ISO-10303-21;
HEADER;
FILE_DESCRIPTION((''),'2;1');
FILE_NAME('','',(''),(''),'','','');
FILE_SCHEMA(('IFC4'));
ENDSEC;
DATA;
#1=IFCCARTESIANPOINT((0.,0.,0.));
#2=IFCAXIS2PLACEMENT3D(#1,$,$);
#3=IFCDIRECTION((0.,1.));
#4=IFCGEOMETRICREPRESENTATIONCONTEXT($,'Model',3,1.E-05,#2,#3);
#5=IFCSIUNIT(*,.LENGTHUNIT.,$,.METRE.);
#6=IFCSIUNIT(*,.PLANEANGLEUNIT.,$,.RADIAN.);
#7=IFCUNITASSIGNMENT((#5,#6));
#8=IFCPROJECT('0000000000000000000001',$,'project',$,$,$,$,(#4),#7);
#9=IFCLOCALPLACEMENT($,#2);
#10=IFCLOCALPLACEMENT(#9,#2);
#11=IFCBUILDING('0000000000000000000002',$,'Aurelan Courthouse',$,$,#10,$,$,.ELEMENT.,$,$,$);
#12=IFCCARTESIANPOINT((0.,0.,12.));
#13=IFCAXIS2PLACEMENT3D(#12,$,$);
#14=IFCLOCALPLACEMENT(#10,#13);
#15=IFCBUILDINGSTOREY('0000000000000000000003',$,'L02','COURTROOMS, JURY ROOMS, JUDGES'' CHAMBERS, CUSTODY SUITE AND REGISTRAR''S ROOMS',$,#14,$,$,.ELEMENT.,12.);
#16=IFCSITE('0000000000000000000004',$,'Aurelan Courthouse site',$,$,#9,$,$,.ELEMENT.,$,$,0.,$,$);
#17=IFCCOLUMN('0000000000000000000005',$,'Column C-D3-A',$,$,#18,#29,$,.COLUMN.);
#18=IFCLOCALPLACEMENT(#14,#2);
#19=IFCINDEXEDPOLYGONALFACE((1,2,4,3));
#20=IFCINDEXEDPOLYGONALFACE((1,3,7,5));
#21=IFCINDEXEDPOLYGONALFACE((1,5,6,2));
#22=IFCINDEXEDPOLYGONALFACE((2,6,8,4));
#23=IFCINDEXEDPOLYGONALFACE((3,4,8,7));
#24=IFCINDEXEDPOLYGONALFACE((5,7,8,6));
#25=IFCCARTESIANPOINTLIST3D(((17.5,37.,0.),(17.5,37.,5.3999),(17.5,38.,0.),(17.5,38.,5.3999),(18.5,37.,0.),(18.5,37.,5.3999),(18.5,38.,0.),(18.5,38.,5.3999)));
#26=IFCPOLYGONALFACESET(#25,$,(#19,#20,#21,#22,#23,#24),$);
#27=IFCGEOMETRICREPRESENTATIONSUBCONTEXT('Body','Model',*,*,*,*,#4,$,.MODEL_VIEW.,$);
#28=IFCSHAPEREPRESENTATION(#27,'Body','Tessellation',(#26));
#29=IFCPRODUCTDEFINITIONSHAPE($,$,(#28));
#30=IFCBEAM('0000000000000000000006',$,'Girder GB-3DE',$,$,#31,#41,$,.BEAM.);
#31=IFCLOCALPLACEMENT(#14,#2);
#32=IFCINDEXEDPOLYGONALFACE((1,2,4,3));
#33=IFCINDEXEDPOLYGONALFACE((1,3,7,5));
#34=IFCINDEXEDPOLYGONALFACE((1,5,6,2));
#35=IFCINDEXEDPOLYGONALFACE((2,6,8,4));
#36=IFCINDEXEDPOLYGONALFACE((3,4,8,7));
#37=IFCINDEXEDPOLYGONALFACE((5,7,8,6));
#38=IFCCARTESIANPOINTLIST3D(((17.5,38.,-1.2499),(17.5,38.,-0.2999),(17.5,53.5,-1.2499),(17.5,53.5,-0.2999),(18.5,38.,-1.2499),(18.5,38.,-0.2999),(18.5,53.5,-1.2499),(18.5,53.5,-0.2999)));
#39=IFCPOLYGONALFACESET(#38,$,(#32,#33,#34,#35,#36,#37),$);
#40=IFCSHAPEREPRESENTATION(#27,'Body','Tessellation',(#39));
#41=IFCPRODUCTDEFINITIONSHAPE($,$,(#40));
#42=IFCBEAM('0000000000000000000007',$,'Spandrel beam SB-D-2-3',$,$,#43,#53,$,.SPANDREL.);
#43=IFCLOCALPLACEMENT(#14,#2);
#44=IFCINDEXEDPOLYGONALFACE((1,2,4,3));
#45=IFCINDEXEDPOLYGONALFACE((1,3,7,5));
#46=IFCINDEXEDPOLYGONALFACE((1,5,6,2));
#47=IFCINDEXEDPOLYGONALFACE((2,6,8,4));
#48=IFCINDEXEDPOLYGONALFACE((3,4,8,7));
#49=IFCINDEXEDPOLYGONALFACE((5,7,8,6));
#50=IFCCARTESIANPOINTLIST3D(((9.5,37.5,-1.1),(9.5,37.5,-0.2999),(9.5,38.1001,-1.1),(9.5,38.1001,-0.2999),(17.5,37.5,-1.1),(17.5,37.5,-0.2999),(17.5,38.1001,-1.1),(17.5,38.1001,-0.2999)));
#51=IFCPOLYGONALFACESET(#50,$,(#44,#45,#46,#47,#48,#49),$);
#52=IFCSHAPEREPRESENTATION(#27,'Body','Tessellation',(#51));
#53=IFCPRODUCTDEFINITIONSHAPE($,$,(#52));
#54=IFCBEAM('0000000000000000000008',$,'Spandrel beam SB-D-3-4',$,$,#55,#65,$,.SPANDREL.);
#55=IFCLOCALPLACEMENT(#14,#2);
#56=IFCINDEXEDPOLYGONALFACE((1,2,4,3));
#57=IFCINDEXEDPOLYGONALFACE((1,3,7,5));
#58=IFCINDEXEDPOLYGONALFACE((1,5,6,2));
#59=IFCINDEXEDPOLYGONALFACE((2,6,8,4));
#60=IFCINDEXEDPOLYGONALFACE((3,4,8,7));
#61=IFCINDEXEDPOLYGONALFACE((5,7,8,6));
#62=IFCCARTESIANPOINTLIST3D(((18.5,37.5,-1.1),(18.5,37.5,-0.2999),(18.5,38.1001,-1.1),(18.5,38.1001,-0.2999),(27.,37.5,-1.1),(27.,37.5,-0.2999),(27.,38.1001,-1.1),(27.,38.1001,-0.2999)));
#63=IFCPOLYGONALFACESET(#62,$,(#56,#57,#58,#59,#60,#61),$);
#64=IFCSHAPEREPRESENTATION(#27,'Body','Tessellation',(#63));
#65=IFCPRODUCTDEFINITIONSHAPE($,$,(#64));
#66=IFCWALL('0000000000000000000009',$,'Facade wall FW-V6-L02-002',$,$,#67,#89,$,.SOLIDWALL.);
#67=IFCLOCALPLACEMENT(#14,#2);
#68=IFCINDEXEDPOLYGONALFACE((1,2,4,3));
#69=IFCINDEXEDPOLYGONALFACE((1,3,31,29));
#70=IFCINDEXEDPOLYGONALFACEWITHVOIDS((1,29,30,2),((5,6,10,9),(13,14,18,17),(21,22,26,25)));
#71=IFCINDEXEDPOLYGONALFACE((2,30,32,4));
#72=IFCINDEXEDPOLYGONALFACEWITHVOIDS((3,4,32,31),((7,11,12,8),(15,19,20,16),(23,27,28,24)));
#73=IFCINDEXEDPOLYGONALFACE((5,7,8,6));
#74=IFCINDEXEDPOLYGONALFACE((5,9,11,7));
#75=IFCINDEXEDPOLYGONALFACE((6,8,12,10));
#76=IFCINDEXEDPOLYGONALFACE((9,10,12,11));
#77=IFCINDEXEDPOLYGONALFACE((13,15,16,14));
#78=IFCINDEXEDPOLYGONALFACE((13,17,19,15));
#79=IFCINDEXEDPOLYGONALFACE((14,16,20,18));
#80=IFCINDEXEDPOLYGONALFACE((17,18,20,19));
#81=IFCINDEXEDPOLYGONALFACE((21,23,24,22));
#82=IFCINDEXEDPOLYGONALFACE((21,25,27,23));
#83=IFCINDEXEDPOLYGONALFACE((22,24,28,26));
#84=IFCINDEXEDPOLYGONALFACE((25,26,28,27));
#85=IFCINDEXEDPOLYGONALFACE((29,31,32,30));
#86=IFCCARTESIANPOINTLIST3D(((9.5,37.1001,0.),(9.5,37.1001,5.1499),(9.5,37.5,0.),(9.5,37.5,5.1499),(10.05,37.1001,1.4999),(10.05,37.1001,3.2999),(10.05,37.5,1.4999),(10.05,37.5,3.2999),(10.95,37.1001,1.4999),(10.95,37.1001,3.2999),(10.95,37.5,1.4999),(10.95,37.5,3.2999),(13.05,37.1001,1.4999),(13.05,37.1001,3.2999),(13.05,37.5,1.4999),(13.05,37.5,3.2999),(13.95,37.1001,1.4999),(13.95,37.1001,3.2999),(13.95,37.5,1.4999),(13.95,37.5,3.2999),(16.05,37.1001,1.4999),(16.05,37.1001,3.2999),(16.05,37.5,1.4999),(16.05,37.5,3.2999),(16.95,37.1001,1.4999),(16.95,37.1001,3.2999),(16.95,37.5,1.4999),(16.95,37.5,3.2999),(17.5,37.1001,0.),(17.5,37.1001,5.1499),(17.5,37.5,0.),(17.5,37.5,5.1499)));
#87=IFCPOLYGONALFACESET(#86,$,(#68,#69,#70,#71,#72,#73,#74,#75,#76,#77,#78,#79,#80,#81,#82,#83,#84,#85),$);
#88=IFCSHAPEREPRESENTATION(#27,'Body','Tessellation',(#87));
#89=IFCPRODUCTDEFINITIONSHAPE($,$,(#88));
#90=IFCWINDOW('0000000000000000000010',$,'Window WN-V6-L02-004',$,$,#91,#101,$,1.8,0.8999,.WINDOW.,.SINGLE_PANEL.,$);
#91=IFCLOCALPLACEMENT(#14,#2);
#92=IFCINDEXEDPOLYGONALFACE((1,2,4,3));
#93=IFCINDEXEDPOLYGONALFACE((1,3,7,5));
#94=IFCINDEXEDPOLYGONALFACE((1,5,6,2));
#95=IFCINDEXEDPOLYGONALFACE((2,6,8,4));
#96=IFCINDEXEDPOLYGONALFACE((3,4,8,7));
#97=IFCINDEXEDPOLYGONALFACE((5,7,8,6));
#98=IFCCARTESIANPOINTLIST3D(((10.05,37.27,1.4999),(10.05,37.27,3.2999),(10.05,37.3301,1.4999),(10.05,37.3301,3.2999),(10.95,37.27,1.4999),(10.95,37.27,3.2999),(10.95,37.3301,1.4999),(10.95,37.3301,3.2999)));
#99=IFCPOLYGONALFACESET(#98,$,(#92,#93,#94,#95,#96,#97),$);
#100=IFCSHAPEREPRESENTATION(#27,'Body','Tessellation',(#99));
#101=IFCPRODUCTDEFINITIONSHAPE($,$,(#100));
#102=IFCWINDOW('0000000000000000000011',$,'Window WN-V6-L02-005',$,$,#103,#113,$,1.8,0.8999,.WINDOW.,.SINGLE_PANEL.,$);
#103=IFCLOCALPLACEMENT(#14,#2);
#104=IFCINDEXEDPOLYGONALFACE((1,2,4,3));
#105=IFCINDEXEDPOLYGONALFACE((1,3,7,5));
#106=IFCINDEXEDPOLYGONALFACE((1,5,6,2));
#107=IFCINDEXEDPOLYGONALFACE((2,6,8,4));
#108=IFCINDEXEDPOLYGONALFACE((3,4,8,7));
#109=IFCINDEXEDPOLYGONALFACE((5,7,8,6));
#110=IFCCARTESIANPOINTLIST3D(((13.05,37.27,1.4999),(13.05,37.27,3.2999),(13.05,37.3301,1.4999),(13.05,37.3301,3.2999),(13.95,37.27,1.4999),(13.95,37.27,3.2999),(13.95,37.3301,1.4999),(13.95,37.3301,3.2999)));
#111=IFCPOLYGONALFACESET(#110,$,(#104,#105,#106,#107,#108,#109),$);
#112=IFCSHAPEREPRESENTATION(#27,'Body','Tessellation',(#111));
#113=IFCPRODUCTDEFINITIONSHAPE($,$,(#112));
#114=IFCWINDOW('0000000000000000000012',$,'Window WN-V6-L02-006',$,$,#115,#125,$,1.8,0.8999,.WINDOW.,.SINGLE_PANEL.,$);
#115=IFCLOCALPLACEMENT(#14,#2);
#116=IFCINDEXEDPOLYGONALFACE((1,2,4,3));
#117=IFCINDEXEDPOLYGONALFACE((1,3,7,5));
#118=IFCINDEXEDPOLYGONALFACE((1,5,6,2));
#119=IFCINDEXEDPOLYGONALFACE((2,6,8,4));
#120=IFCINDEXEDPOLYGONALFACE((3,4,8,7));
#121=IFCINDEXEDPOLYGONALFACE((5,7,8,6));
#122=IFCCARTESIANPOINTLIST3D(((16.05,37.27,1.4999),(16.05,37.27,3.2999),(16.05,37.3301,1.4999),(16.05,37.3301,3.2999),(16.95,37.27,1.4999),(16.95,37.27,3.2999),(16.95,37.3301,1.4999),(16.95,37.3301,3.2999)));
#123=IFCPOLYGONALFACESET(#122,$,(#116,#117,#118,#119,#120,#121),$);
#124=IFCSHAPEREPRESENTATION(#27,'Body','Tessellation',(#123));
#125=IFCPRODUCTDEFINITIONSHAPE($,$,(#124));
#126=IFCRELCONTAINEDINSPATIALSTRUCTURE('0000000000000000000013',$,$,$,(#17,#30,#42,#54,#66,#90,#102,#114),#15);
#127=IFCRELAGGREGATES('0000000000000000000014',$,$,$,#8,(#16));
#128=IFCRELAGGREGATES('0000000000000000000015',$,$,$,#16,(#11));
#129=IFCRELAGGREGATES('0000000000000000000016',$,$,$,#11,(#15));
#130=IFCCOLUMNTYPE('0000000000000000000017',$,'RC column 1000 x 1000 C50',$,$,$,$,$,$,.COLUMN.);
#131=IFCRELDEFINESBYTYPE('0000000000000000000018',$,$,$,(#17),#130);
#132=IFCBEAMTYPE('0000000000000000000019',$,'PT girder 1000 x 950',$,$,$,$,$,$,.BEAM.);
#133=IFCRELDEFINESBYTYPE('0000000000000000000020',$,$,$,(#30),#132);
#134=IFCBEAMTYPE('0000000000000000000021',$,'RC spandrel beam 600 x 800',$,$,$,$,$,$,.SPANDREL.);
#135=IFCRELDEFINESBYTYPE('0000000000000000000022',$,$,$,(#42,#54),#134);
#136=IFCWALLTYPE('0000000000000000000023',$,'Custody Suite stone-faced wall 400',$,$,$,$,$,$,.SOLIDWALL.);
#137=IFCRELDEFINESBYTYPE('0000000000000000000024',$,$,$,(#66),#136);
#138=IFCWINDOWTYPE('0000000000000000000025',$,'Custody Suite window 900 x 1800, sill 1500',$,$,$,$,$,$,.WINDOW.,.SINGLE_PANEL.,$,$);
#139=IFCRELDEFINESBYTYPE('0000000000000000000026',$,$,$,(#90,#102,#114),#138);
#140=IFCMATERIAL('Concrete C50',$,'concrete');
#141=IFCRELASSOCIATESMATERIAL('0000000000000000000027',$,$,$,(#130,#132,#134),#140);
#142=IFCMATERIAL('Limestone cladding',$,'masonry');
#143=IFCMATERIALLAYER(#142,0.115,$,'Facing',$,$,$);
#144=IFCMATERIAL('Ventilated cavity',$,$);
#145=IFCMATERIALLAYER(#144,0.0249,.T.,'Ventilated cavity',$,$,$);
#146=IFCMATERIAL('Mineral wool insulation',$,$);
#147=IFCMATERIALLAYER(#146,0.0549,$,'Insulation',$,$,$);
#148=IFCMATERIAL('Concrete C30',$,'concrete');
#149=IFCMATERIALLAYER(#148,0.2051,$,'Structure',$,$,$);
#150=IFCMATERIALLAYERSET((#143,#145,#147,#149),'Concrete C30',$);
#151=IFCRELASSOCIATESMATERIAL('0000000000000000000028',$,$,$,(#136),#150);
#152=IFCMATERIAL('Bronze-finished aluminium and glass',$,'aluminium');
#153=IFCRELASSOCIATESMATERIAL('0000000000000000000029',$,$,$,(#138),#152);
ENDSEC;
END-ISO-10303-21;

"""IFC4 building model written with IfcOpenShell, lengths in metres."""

from ifc_helpers import new_model, si_unit, direction, frame, frame_2d, origin, origin_2d, place, context, subcontext, project, spatial, rectangle, extrude, material, layer, layer_set, material_profile, profile_set, type_object, element, fill, save


model = new_model("IFC4")

# Units and contexts
model_context = context("Model", 3, precision=1e-05, world=origin(), true_north=direction((0.0, 1.0)))
body_context = subcontext(model_context, "Body", "Model", "MODEL_VIEW")
ifc_project = project(units=[si_unit("LENGTHUNIT", "METRE"), si_unit("PLANEANGLEUNIT", "RADIAN")], contexts=[model_context])

# Site, building, storey
site_placement = place(None, origin())
site = spatial("IfcSite", under=ifc_project, at=site_placement, Name="Aurelan Courthouse site", CompositionType="ELEMENT", RefElevation=0.0)
building_placement = place(site_placement, origin())
building = spatial("IfcBuilding", under=site, at=building_placement, Name="Aurelan Courthouse", CompositionType="ELEMENT")
storey_placement = place(building_placement, frame((0.0, 0.0, 12.0)))
storey = spatial("IfcBuildingStorey", under=building, at=storey_placement, Name="L02", Description="COURTROOMS, JURY ROOMS, JUDGES' CHAMBERS, CUSTODY SUITE AND REGISTRAR'S ROOMS", CompositionType="ELEMENT", Elevation=12.0)

# Column
ifc_material_1 = material(Name="Concrete C50", Category="concrete")
ifc_material_profile_1 = material_profile(ifc_material_1, rectangle(XDim=1.0, YDim=1.0, at=origin_2d()), Name="RC 1000 x 1000")
ifc_profile_set_1 = profile_set([ifc_material_profile_1], Name="Concrete C50")
column_type = type_object("IfcColumnType", Name="RC column 1000 x 1000 C50", PredefinedType="COLUMN", material=ifc_profile_set_1)
column_placement = place(storey_placement, frame((18.0, 37.5, 0.0), z_axis=(0.0, 0.0, 1.0), x_axis=(1.0, 0.0, 0.0)))
element("IfcColumn", 1, at=column_placement, inside=storey, type_object=column_type, Name="Column C-D3-A", PredefinedType="COLUMN", context=body_context, shape_type="SweptSolid", body=[
    extrude(rectangle(XDim=1.0, YDim=1.0, at=origin_2d()), origin(), (0.0, 0.0, 1.0), 5.3999),
])

# Beams
ifc_material_profile_2 = material_profile(ifc_material_1, rectangle(XDim=1.0, YDim=0.95, at=origin_2d()), Name="RC 1000 x 950")
ifc_profile_set_2 = profile_set([ifc_material_profile_2], Name="Concrete C50")
beam_type_1 = type_object("IfcBeamType", Name="PT girder 1000 x 950", PredefinedType="BEAM", material=ifc_profile_set_2)
beam_1_placement = place(storey_placement, frame((18.0, 38.0, -0.7749), z_axis=(0.0, 1.0, 0.0), x_axis=(-1.0, 0.0, 0.0)))
element("IfcBeam", 2, at=beam_1_placement, inside=storey, type_object=beam_type_1, Name="Girder GB-3DE", PredefinedType="BEAM", context=body_context, shape_type="SweptSolid", body=[
    extrude(rectangle(XDim=1.0, YDim=0.95, at=origin_2d()), origin(), (0.0, 0.0, 1.0), 15.5),
])
ifc_material_profile_3 = material_profile(ifc_material_1, rectangle(XDim=0.6001, YDim=0.8, at=origin_2d()), Name="RC 600 x 800")
ifc_profile_set_3 = profile_set([ifc_material_profile_3], Name="Concrete C50")
beam_type_2 = type_object("IfcBeamType", Name="RC spandrel beam 600 x 800", PredefinedType="SPANDREL", material=ifc_profile_set_3)
beam_2_placement = place(storey_placement, frame((9.5, 37.8, -0.7), z_axis=(1.0, 0.0, 0.0), x_axis=(0.0, 1.0, 0.0)))
element("IfcBeam", 3, at=beam_2_placement, inside=storey, type_object=beam_type_2, Name="Spandrel beam SB-D-2-3", PredefinedType="SPANDREL", context=body_context, shape_type="SweptSolid", body=[
    extrude(rectangle(XDim=0.6001, YDim=0.8, at=origin_2d()), origin(), (0.0, 0.0, 1.0), 8.0),
])
beam_3_placement = place(storey_placement, frame((18.5, 37.8, -0.7), z_axis=(1.0, 0.0, 0.0), x_axis=(0.0, 1.0, 0.0)))
element("IfcBeam", 4, at=beam_3_placement, inside=storey, type_object=beam_type_2, Name="Spandrel beam SB-D-3-4", PredefinedType="SPANDREL", context=body_context, shape_type="SweptSolid", body=[
    extrude(rectangle(XDim=0.6001, YDim=0.8, at=origin_2d()), origin(), (0.0, 0.0, 1.0), 8.5),
])

# Wall, openings, windows
ifc_material_2 = material(Name="Limestone cladding", Category="masonry")
ifc_layer_1 = layer(ifc_material_2, 0.115, Name="Facing")
ifc_material_3 = material(Name="Ventilated cavity")
ifc_layer_2 = layer(ifc_material_3, 0.0249, ventilated=True, Name="Ventilated cavity")
ifc_material_4 = material(Name="Mineral wool insulation")
ifc_layer_3 = layer(ifc_material_4, 0.0549, Name="Insulation")
ifc_material_5 = material(Name="Concrete C30", Category="concrete")
ifc_layer_4 = layer(ifc_material_5, 0.2051, Name="Structure")
ifc_layer_set_1 = layer_set([ifc_layer_1, ifc_layer_2, ifc_layer_3, ifc_layer_4], Name="Concrete C30")
wall_type_1 = type_object("IfcWallType", Name="Custody Suite stone-faced wall 400", PredefinedType="SOLIDWALL", material=ifc_layer_set_1)
wall_1_placement = place(storey_placement, frame((9.5, 37.3, 0.0), z_axis=(0.0, 0.0, 1.0), x_axis=(1.0, 0.0, 0.0)))
wall_1 = element("IfcWall", 5, at=wall_1_placement, inside=storey, type_object=wall_type_1, Name="Facade wall FW-V6-L02-002", PredefinedType="SOLIDWALL", context=body_context, shape_type="SweptSolid", body=[
    extrude(rectangle(XDim=8.0, YDim=0.3999, at=frame_2d((4.0, 0.0))), origin(), (0.0, 0.0, 1.0), 5.1499),
])
opening_1_placement = place(wall_1_placement, frame((0.55, 0.0, 1.5)))
opening_1 = element("IfcOpeningElement", 6, at=opening_1_placement, cuts=wall_1, PredefinedType="OPENING", context=body_context, shape_type="SweptSolid", body=[
    extrude(rectangle(XDim=0.8999, YDim=1.8, at=frame_2d((0.45, 0.8999))), frame((0.0, 0.21, 0.0), z_axis=(0.0, -1.0, 0.0), x_axis=(1.0, 0.0, 0.0)), (0.0, 0.0, 1.0), 0.4199),
])
opening_2_placement = place(wall_1_placement, frame((3.55, 0.0, 1.5)))
opening_2 = element("IfcOpeningElement", 7, at=opening_2_placement, cuts=wall_1, PredefinedType="OPENING", context=body_context, shape_type="SweptSolid", body=[
    extrude(rectangle(XDim=0.8999, YDim=1.8, at=frame_2d((0.45, 0.8999))), frame((0.0, 0.21, 0.0), z_axis=(0.0, -1.0, 0.0), x_axis=(1.0, 0.0, 0.0)), (0.0, 0.0, 1.0), 0.4199),
])
opening_3_placement = place(wall_1_placement, frame((6.55, 0.0, 1.5)))
opening_3 = element("IfcOpeningElement", 8, at=opening_3_placement, cuts=wall_1, PredefinedType="OPENING", context=body_context, shape_type="SweptSolid", body=[
    extrude(rectangle(XDim=0.8999, YDim=1.8, at=frame_2d((0.45, 0.8999))), frame((0.0, 0.21, 0.0), z_axis=(0.0, -1.0, 0.0), x_axis=(1.0, 0.0, 0.0)), (0.0, 0.0, 1.0), 0.4199),
])
ifc_material_6 = material(Name="Bronze-finished aluminium and glass", Category="aluminium")
window_type = type_object("IfcWindowType", Name="Custody Suite window 900 x 1800, sill 1500", PartitioningType="SINGLE_PANEL", PredefinedType="WINDOW", material=ifc_material_6)
window_1_placement = place(opening_1_placement, origin())
window_1 = element("IfcWindow", 9, at=window_1_placement, inside=storey, type_object=window_type, Name="Window WN-V6-L02-004", OverallHeight=1.8, OverallWidth=0.8999, PartitioningType="SINGLE_PANEL", PredefinedType="WINDOW", context=body_context, shape_type="SweptSolid", body=[
    extrude(rectangle(XDim=0.8999, YDim=1.8, at=frame_2d((0.45, 0.8999))), frame((0.0, 0.03, 0.0), z_axis=(0.0, -1.0, 0.0), x_axis=(1.0, 0.0, 0.0)), (0.0, 0.0, 1.0), 0.0601),
])
fill(opening_1, window_1)
window_2_placement = place(opening_2_placement, origin())
window_2 = element("IfcWindow", 10, at=window_2_placement, inside=storey, type_object=window_type, Name="Window WN-V6-L02-005", OverallHeight=1.8, OverallWidth=0.8999, PartitioningType="SINGLE_PANEL", PredefinedType="WINDOW", context=body_context, shape_type="SweptSolid", body=[
    extrude(rectangle(XDim=0.8999, YDim=1.8, at=frame_2d((0.45, 0.8999))), frame((0.0, 0.03, 0.0), z_axis=(0.0, -1.0, 0.0), x_axis=(1.0, 0.0, 0.0)), (0.0, 0.0, 1.0), 0.0601),
])
fill(opening_2, window_2)
window_3_placement = place(opening_3_placement, origin())
window_3 = element("IfcWindow", 11, at=window_3_placement, inside=storey, type_object=window_type, Name="Window WN-V6-L02-006", OverallHeight=1.8, OverallWidth=0.8999, PartitioningType="SINGLE_PANEL", PredefinedType="WINDOW", context=body_context, shape_type="SweptSolid", body=[
    extrude(rectangle(XDim=0.8999, YDim=1.8, at=frame_2d((0.45, 0.8999))), frame((0.0, 0.03, 0.0), z_axis=(0.0, -1.0, 0.0), x_axis=(1.0, 0.0, 0.0)), (0.0, 0.0, 1.0), 0.0601),
])
fill(opening_3, window_3)

save(model, "model.ifc")
